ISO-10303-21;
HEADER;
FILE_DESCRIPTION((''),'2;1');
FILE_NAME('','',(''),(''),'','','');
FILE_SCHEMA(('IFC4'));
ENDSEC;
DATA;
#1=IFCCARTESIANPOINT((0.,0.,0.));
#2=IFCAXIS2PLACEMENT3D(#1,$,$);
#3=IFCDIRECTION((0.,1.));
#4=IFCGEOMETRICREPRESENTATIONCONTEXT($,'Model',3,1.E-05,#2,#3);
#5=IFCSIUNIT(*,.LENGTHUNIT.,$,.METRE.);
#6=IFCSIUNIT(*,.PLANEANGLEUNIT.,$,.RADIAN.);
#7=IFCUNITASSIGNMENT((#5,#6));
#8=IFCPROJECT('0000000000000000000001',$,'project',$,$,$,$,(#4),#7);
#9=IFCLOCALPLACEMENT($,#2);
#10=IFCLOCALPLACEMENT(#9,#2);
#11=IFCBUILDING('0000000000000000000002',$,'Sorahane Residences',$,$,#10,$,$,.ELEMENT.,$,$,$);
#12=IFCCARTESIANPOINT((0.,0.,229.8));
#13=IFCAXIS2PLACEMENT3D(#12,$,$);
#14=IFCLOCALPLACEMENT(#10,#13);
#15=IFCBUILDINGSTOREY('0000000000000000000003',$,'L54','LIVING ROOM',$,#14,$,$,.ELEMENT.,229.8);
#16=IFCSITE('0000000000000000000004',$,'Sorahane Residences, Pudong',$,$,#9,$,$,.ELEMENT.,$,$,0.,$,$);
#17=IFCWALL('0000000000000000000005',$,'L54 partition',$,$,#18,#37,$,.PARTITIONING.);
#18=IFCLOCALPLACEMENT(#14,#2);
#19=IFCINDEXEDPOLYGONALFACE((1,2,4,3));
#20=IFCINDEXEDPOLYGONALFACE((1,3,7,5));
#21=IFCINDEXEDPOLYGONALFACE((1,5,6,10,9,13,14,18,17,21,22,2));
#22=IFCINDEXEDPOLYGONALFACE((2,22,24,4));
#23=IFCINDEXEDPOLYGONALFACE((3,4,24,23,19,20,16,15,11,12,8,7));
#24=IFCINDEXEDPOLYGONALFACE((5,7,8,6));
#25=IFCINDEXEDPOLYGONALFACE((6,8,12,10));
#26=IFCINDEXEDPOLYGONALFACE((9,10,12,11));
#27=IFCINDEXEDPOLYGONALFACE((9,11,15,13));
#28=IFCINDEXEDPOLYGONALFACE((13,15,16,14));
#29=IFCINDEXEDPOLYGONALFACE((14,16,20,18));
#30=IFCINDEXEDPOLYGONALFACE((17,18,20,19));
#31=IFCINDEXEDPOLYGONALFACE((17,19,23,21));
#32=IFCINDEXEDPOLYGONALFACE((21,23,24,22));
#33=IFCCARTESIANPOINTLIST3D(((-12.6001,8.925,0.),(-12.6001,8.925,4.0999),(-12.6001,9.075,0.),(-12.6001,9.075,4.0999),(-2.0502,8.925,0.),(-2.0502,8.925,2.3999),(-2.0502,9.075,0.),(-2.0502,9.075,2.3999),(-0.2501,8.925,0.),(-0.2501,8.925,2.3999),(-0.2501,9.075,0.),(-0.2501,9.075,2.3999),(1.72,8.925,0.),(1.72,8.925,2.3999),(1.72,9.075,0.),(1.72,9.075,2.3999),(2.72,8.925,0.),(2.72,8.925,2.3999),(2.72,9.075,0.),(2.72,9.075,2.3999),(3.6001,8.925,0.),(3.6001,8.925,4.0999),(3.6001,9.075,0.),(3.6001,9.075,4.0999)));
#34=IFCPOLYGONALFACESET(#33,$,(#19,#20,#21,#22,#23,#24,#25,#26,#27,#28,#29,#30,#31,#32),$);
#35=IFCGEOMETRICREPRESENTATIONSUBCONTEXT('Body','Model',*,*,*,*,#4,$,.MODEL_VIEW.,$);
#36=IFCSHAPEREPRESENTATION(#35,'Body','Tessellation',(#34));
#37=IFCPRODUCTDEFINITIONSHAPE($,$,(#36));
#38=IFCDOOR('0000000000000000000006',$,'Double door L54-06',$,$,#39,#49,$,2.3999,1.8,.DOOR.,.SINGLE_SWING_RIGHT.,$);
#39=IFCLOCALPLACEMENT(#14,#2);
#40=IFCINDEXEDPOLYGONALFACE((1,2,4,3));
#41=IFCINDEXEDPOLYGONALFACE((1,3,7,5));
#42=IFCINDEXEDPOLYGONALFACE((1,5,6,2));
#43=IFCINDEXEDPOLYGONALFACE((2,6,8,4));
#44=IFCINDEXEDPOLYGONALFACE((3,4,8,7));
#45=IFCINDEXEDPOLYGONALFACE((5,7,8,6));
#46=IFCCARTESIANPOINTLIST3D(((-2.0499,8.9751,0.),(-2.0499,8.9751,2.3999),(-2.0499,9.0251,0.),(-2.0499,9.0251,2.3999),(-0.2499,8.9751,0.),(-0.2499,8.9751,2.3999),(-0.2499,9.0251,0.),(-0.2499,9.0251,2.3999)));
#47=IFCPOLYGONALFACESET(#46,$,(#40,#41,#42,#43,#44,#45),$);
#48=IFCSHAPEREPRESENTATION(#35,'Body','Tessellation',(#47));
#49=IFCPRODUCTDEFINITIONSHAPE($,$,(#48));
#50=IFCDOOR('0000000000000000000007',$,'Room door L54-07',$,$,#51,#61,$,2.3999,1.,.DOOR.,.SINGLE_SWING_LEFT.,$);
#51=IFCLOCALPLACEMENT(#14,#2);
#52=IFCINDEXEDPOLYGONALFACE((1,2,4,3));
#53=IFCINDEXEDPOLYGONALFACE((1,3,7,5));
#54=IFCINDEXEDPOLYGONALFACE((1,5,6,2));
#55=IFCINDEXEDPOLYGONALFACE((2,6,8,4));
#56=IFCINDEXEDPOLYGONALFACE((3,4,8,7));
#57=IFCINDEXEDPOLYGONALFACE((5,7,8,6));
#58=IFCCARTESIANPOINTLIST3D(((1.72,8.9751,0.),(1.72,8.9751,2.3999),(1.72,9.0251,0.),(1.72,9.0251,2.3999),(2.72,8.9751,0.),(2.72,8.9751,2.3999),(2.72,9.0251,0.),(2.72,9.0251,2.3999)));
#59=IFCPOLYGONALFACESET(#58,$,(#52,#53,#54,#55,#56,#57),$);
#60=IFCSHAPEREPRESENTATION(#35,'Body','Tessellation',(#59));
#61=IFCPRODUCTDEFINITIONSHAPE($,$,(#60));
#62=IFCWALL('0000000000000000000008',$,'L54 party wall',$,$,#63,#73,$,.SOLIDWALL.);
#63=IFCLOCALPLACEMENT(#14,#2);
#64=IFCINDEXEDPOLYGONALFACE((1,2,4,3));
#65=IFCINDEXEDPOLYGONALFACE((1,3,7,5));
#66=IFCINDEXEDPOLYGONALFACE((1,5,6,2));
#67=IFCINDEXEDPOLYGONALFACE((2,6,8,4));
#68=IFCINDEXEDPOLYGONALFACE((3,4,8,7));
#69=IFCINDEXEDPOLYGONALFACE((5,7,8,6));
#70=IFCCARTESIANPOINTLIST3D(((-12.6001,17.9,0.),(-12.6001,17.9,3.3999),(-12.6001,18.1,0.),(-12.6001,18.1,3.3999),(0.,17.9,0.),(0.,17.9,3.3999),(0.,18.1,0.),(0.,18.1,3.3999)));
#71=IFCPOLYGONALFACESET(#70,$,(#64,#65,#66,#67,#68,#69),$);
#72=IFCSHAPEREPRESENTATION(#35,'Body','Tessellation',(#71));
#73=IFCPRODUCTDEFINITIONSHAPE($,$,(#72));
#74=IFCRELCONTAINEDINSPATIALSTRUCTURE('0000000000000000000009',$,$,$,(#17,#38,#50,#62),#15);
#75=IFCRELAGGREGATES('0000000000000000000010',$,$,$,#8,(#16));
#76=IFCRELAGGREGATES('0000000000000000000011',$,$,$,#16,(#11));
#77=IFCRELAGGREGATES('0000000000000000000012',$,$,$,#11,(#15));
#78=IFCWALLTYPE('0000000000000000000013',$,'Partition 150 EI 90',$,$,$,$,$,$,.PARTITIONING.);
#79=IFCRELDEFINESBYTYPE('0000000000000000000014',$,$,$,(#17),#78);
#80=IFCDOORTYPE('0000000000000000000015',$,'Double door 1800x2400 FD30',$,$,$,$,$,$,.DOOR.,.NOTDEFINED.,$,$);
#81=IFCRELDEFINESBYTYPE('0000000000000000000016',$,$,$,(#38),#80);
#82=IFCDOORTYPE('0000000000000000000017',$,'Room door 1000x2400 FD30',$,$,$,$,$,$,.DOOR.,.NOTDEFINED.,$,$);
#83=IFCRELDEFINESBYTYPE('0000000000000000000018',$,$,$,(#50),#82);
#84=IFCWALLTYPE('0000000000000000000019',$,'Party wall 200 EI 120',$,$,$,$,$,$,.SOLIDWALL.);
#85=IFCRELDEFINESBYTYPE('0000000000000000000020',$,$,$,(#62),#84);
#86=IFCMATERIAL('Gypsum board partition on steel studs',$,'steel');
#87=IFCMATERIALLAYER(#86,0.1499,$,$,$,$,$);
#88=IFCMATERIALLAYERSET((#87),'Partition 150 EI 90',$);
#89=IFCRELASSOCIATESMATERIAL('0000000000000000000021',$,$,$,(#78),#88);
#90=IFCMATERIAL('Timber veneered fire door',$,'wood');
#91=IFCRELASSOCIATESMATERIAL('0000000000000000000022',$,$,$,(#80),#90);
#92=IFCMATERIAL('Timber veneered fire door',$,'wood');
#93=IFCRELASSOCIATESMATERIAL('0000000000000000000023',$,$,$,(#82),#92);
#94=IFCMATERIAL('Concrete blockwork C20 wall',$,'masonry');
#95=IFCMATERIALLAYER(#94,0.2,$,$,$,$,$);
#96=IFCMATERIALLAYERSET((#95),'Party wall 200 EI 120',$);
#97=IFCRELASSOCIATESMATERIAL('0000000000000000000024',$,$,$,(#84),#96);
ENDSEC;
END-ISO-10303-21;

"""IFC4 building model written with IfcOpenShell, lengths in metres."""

from ifc_helpers import new_model, si_unit, direction, frame, frame_2d, origin, place, context, subcontext, project, spatial, rectangle, extrude, material, layer, layer_set, type_object, element, fill, save


model = new_model("IFC4")

# Units and contexts
model_context = context("Model", 3, precision=1e-05, world=origin(), true_north=direction((0.0, 1.0)))
body_context = subcontext(model_context, "Body", "Model", "MODEL_VIEW")
ifc_project = project(units=[si_unit("LENGTHUNIT", "METRE"), si_unit("PLANEANGLEUNIT", "RADIAN")], contexts=[model_context])

# Site, building, storey
site_placement = place(None, origin())
site = spatial("IfcSite", under=ifc_project, at=site_placement, Name="Sorahane Residences, Pudong", CompositionType="ELEMENT", RefElevation=0.0)
building_placement = place(site_placement, origin())
building = spatial("IfcBuilding", under=site, at=building_placement, Name="Sorahane Residences", CompositionType="ELEMENT")
storey_placement = place(building_placement, frame((0.0, 0.0, 229.8)))
storey = spatial("IfcBuildingStorey", under=building, at=storey_placement, Name="L54", Description="LIVING ROOM", CompositionType="ELEMENT", Elevation=229.8)

# Shared definitions
ifc_material_1 = material(Name="Gypsum board partition on steel studs", Category="steel")
ifc_layer_1 = layer(ifc_material_1, 0.1499)
ifc_layer_set_1 = layer_set([ifc_layer_1], Name="Partition 150 EI 90")
wall_type_1 = type_object("IfcWallType", Name="Partition 150 EI 90", PredefinedType="PARTITIONING", material=ifc_layer_set_1)
ifc_material_2 = material(Name="Timber veneered fire door", Category="wood")
door_type_1 = type_object("IfcDoorType", Name="Double door 1800x2400 FD30", OperationType="NOTDEFINED", PredefinedType="DOOR", material=ifc_material_2)
ifc_material_3 = material(Name="Timber veneered fire door", Category="wood")
door_type_2 = type_object("IfcDoorType", Name="Room door 1000x2400 FD30", OperationType="NOTDEFINED", PredefinedType="DOOR", material=ifc_material_3)

# Wall, openings, doors
wall_1_placement = place(storey_placement, frame((-12.6001, 9.0, 0.0), z_axis=(0.0, 0.0, 1.0), x_axis=(1.0, 0.0, 0.0)))
wall_1 = element("IfcWall", 1, at=wall_1_placement, inside=storey, type_object=wall_type_1, Name="L54 partition", PredefinedType="PARTITIONING", context=body_context, shape_type="SweptSolid", body=[
    extrude(rectangle(XDim=16.2002, YDim=0.1499, at=frame_2d((8.1001, 0.0))), origin(), (0.0, 0.0, 1.0), 4.0999),
])
opening_1_placement = place(wall_1_placement, frame((10.55, 0.0, 0.0)))
opening_1 = element("IfcOpeningElement", 2, at=opening_1_placement, cuts=wall_1, PredefinedType="OPENING", context=body_context, shape_type="SweptSolid", body=[
    extrude(rectangle(XDim=1.8, YDim=2.3999, at=frame_2d((0.8999, 1.2))), frame((0.0, 0.085, 0.0), z_axis=(0.0, -1.0, 0.0), x_axis=(1.0, 0.0, 0.0)), (0.0, 0.0, 1.0), 0.1699),
])
opening_2_placement = place(wall_1_placement, frame((14.3201, 0.0, 0.0)))
opening_2 = element("IfcOpeningElement", 3, at=opening_2_placement, cuts=wall_1, PredefinedType="OPENING", context=body_context, shape_type="SweptSolid", body=[
    extrude(rectangle(XDim=1.0, YDim=2.3999, at=frame_2d((0.5, 1.2))), frame((0.0, 0.085, 0.0), z_axis=(0.0, -1.0, 0.0), x_axis=(1.0, 0.0, 0.0)), (0.0, 0.0, 1.0), 0.1699),
])
door_1_placement = place(opening_1_placement, frame((1.8, 0.0, 0.0), z_axis=(0.0, 0.0, 1.0), x_axis=(-1.0, 0.0, 0.0)))
door_1 = element("IfcDoor", 4, at=door_1_placement, inside=storey, type_object=door_type_1, Name="Double door L54-06", OperationType="SINGLE_SWING_RIGHT", OverallHeight=2.3999, OverallWidth=1.8, PredefinedType="DOOR", context=body_context, shape_type="SweptSolid", body=[
    extrude(rectangle(XDim=1.8, YDim=2.3999, at=frame_2d((0.8999, 1.2))), frame((0.0, 0.0249, 0.0), z_axis=(0.0, -1.0, 0.0), x_axis=(1.0, 0.0, 0.0)), (0.0, 0.0, 1.0), 0.05),
])
fill(opening_1, door_1)
door_2_placement = place(opening_2_placement, frame((1.0, 0.0, 0.0), z_axis=(0.0, 0.0, 1.0), x_axis=(-1.0, 0.0, 0.0)))
door_2 = element("IfcDoor", 5, at=door_2_placement, inside=storey, type_object=door_type_2, Name="Room door L54-07", OperationType="SINGLE_SWING_LEFT", OverallHeight=2.3999, OverallWidth=1.0, PredefinedType="DOOR", context=body_context, shape_type="SweptSolid", body=[
    extrude(rectangle(XDim=1.0, YDim=2.3999, at=frame_2d((0.5, 1.2))), frame((0.0, 0.0249, 0.0), z_axis=(0.0, -1.0, 0.0), x_axis=(1.0, 0.0, 0.0)), (0.0, 0.0, 1.0), 0.05),
])
fill(opening_2, door_2)

# Wall
ifc_material_4 = material(Name="Concrete blockwork C20 wall", Category="masonry")
ifc_layer_2 = layer(ifc_material_4, 0.2)
ifc_layer_set_2 = layer_set([ifc_layer_2], Name="Party wall 200 EI 120")
wall_type_2 = type_object("IfcWallType", Name="Party wall 200 EI 120", PredefinedType="SOLIDWALL", material=ifc_layer_set_2)
wall_2_placement = place(storey_placement, frame((-12.6001, 18.0, 0.0), z_axis=(0.0, 0.0, 1.0), x_axis=(1.0, 0.0, 0.0)))
element("IfcWall", 6, at=wall_2_placement, inside=storey, type_object=wall_type_2, Name="L54 party wall", PredefinedType="SOLIDWALL", context=body_context, shape_type="SweptSolid", body=[
    extrude(rectangle(XDim=12.6001, YDim=0.2, at=frame_2d((6.3, 0.0))), origin(), (0.0, 0.0, 1.0), 3.3999),
])

save(model, "model.ifc")
